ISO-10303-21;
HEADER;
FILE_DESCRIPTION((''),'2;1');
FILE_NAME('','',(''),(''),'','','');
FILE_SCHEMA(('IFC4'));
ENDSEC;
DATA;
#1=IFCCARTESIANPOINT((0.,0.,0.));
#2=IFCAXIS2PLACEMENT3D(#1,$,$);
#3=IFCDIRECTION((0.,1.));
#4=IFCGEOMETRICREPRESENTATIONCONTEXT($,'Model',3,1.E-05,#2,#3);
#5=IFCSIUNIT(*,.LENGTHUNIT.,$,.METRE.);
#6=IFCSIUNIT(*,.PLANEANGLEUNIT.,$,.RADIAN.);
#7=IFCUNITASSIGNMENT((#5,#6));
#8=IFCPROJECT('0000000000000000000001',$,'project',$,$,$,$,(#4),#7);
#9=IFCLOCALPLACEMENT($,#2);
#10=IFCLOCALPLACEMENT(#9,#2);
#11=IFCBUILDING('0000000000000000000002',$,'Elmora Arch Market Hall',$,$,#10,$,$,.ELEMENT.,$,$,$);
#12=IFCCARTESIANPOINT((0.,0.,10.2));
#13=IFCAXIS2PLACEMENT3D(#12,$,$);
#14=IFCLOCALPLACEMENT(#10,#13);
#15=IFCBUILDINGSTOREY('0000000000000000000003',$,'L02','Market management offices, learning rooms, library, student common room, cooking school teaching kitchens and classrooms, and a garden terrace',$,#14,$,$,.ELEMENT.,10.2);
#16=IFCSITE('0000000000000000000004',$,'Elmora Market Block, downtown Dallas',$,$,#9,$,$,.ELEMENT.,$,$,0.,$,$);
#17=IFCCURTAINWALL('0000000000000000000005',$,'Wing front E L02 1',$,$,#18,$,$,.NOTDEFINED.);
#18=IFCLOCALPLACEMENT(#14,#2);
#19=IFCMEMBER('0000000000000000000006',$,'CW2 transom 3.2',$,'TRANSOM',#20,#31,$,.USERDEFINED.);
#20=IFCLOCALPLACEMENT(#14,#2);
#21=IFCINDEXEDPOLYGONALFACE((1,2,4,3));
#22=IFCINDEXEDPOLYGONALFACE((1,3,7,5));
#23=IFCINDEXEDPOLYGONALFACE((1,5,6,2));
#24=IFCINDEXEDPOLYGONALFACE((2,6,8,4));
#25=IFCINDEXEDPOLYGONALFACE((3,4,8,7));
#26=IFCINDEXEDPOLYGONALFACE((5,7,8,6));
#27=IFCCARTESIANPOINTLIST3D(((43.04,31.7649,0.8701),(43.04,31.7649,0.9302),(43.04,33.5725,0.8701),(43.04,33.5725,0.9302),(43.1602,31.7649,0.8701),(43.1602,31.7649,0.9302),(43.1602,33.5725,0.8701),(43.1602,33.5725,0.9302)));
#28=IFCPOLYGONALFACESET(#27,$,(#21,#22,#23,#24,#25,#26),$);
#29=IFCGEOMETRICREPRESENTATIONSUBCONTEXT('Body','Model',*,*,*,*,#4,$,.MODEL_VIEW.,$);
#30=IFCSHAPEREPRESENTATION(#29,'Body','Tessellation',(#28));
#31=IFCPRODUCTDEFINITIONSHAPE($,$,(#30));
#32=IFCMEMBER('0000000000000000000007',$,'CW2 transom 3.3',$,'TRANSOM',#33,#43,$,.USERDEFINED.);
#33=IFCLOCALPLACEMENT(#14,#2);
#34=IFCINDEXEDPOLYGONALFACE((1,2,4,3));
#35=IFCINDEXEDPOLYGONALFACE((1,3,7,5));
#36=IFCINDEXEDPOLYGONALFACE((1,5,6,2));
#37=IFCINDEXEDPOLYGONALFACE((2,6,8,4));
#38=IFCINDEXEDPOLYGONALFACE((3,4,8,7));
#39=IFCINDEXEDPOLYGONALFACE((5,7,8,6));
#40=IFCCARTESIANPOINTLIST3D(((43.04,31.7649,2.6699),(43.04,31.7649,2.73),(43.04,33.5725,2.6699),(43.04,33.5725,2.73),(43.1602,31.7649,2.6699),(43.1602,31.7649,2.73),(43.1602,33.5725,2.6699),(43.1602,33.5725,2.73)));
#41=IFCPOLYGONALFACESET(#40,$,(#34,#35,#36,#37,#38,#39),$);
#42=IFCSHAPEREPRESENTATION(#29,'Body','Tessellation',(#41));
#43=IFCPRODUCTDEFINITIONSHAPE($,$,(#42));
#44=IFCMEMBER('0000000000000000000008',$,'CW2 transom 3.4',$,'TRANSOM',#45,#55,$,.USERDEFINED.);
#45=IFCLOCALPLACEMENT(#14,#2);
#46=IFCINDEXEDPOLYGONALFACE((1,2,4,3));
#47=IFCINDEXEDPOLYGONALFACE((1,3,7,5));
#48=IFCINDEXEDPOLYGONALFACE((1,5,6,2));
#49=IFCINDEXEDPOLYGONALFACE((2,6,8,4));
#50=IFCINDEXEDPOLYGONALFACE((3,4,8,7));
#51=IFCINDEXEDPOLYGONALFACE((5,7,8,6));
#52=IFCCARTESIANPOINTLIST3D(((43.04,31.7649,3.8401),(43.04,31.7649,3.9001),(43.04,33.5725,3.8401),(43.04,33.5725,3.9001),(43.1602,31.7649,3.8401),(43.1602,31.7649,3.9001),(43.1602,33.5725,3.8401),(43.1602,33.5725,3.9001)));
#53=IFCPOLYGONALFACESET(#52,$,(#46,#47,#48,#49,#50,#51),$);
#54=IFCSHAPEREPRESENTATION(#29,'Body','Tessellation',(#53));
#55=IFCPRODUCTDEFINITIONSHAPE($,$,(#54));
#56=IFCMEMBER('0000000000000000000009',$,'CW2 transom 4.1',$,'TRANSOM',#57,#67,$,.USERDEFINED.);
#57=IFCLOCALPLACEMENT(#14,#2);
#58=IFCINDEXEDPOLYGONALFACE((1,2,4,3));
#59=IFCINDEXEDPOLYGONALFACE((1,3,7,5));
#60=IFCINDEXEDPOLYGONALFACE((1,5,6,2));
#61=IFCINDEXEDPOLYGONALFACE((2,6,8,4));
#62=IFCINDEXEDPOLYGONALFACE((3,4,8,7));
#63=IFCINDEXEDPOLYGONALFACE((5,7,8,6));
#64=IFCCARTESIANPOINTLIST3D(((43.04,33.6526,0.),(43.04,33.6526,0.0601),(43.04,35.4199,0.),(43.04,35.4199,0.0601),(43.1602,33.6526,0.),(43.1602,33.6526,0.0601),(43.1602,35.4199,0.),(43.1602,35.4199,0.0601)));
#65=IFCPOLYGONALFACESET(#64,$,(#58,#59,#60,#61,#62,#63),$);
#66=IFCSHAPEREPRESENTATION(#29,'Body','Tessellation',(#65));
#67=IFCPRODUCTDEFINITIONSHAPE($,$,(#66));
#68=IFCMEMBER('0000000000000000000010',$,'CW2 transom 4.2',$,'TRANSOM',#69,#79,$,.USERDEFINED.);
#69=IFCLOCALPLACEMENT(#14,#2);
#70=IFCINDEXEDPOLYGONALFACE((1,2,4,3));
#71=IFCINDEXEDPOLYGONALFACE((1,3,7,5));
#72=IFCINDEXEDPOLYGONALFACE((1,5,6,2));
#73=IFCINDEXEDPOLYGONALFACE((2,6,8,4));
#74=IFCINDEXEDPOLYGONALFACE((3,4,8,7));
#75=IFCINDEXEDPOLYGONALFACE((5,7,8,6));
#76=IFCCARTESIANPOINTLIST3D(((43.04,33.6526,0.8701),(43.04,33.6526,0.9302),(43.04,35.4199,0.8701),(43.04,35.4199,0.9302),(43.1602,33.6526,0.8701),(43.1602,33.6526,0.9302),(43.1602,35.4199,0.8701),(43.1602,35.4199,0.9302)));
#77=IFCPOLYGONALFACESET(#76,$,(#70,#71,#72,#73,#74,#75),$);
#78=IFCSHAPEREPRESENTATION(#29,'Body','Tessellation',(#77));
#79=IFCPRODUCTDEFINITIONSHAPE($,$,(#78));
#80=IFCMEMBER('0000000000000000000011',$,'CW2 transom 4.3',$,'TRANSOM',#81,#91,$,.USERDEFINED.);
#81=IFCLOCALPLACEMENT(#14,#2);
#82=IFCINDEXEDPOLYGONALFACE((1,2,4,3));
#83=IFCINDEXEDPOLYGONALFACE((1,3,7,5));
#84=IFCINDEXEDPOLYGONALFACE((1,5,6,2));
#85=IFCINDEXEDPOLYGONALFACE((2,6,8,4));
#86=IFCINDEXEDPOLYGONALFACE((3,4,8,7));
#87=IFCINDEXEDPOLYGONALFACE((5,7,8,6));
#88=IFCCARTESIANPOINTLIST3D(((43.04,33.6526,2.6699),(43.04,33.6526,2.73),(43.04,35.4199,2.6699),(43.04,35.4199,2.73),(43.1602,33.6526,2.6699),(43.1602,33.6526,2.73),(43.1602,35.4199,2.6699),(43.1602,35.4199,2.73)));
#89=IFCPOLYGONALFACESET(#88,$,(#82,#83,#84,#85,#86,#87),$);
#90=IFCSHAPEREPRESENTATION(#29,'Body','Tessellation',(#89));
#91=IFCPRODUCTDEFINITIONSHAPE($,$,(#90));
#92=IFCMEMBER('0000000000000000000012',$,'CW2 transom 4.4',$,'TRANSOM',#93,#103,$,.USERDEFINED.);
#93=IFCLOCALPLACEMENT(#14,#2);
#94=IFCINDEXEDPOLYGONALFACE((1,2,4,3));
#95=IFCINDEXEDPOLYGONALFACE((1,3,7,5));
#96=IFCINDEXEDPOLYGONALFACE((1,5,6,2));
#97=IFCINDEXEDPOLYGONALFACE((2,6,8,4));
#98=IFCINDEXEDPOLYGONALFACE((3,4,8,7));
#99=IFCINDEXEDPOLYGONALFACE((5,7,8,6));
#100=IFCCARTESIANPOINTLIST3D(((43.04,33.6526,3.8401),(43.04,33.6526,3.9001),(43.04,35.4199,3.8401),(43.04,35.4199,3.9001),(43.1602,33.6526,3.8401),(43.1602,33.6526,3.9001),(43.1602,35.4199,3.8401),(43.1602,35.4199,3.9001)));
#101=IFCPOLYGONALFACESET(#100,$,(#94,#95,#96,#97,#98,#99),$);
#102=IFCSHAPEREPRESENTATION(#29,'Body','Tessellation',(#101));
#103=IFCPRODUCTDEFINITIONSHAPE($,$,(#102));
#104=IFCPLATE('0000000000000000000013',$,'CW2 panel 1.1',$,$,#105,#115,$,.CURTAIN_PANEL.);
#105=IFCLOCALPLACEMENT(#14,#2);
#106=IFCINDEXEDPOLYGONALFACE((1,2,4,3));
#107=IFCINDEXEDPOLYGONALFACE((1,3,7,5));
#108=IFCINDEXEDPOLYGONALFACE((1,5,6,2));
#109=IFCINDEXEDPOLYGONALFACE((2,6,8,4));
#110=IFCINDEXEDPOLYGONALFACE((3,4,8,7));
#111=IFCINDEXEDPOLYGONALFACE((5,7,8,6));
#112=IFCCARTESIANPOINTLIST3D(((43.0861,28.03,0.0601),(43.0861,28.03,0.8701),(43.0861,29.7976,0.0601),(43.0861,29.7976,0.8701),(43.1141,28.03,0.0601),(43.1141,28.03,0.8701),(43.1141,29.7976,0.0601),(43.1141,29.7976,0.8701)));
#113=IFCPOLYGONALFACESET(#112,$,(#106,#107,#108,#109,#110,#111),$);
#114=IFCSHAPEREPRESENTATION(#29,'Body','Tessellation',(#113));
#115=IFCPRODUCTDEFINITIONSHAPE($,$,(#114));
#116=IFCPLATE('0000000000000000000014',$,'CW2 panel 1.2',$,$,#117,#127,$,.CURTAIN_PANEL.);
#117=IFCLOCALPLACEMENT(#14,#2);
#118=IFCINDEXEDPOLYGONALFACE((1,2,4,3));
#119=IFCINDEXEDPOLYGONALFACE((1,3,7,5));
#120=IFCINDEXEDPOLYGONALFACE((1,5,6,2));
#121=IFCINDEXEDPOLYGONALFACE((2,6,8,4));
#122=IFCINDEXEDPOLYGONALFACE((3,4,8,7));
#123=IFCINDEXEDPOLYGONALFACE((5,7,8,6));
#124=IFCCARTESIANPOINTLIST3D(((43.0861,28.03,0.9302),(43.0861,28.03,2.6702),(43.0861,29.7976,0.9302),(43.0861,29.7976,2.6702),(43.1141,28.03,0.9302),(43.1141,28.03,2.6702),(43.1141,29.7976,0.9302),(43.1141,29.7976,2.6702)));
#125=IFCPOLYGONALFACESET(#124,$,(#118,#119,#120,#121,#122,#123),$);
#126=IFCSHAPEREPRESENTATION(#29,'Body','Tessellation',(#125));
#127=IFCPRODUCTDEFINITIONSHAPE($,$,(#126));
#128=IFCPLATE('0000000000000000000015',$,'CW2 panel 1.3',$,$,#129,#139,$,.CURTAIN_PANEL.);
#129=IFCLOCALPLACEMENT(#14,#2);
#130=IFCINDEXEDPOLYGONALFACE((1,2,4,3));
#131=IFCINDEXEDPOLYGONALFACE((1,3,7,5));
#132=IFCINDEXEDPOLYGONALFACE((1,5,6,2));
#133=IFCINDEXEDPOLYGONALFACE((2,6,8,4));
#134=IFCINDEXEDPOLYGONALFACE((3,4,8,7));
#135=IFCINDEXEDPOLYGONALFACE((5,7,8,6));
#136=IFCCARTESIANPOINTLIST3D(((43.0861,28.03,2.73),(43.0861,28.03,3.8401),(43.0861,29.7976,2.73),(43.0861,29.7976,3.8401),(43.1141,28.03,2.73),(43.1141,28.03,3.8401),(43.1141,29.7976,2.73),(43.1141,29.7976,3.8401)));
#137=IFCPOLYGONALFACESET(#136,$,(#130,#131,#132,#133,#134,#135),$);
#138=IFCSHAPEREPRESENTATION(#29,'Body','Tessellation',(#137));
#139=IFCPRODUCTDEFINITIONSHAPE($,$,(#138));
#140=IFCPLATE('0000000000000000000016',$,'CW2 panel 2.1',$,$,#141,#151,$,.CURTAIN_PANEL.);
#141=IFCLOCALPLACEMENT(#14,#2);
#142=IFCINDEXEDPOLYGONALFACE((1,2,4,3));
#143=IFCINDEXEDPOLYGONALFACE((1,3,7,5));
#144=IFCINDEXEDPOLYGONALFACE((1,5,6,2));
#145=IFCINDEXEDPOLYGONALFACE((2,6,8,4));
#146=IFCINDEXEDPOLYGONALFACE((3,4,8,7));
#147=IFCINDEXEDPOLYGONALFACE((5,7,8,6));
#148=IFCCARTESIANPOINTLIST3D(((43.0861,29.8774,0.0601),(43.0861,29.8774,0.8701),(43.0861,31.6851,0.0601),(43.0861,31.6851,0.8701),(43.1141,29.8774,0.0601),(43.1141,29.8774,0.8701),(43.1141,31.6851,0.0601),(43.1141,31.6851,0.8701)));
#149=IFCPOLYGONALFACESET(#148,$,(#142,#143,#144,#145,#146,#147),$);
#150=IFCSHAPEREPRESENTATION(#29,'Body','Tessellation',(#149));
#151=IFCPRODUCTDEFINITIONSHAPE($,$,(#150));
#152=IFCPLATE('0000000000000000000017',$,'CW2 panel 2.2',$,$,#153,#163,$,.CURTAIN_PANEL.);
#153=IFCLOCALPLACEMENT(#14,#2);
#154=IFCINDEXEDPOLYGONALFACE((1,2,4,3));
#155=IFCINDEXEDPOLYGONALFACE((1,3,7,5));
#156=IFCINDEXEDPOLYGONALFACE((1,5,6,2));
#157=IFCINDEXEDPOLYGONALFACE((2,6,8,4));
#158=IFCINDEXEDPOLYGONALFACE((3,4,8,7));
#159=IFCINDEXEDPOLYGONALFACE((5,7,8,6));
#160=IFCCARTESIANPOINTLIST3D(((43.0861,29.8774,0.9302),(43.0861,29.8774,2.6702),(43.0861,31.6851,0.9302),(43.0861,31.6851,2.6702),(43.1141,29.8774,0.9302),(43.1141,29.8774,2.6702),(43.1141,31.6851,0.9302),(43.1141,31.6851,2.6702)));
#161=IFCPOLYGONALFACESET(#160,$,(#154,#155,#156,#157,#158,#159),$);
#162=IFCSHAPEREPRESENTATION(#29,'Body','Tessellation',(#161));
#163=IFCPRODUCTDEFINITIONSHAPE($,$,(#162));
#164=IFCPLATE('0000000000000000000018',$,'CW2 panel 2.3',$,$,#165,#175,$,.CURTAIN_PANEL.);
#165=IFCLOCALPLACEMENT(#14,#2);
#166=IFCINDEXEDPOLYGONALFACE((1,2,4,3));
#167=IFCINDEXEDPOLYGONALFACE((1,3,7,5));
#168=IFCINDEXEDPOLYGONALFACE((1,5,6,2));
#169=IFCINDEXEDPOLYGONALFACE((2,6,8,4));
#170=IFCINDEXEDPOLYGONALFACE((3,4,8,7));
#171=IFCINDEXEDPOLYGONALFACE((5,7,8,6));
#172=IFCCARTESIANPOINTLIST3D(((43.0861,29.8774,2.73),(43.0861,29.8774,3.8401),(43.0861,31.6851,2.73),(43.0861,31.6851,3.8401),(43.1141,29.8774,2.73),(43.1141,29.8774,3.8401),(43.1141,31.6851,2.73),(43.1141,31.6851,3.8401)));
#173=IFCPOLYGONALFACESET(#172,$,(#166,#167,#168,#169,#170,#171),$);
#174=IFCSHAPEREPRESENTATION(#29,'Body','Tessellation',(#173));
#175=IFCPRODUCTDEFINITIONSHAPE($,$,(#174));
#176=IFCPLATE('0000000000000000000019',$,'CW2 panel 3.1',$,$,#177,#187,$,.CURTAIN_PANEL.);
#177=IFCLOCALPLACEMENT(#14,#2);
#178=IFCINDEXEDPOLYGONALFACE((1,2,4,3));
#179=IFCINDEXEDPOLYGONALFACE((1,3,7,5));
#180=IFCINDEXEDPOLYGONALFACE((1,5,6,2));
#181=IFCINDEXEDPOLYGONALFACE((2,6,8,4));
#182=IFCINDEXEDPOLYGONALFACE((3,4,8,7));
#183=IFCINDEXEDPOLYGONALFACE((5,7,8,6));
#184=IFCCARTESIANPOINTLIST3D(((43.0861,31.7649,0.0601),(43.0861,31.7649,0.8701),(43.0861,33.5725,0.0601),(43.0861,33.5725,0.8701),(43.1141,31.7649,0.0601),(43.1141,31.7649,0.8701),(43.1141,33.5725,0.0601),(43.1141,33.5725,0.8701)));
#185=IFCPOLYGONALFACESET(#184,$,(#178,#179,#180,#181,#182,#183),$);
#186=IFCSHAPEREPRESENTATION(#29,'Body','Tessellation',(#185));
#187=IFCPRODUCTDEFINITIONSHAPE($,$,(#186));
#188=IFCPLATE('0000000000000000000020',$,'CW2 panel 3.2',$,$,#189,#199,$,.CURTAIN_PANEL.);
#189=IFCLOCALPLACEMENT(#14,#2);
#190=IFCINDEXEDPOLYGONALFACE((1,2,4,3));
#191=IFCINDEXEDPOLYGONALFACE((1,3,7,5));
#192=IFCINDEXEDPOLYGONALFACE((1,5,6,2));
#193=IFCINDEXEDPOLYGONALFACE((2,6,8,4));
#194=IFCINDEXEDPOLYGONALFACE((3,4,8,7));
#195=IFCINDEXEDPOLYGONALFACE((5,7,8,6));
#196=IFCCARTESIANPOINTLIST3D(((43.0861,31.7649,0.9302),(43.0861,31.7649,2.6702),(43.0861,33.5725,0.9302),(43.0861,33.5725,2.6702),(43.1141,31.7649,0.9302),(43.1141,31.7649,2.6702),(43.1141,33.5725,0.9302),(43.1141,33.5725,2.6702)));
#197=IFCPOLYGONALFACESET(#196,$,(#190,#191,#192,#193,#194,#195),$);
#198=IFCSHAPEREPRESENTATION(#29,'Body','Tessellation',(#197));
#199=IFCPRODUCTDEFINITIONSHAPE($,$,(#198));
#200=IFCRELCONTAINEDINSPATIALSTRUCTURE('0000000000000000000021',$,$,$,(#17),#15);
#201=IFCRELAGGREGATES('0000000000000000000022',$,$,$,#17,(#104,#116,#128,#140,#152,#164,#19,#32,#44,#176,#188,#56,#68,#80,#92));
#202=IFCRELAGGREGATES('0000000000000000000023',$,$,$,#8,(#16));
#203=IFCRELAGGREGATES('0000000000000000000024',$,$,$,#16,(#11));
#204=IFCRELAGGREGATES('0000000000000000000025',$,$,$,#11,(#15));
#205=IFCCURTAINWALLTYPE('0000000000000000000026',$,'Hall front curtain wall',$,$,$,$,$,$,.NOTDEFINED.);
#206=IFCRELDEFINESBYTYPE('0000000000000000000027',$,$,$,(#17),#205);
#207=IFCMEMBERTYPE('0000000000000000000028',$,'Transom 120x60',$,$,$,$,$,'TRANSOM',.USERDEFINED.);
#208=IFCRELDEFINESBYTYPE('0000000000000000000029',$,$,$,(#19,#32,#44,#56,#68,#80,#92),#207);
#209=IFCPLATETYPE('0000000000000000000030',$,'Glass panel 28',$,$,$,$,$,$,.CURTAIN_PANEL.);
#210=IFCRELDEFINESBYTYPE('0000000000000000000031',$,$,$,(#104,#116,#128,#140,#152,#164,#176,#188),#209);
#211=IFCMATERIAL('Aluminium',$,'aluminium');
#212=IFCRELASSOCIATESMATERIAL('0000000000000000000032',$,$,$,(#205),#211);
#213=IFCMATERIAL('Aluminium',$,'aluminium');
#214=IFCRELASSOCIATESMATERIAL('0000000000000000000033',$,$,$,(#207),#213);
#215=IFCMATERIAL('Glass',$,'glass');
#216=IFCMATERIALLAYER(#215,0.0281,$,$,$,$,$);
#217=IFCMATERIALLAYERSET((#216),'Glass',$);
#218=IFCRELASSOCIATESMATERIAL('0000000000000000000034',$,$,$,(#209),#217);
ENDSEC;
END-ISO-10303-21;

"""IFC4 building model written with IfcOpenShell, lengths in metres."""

from ifc_helpers import new_model, si_unit, direction, frame, origin, origin_2d, place, context, subcontext, project, spatial, rectangle, extrude, material, layer, layer_set, material_profile, profile_set, type_object, element, aggregate, save


model = new_model("IFC4")

# Units and contexts
model_context = context("Model", 3, precision=1e-05, world=origin(), true_north=direction((0.0, 1.0)))
body_context = subcontext(model_context, "Body", "Model", "MODEL_VIEW")
ifc_project = project(units=[si_unit("LENGTHUNIT", "METRE"), si_unit("PLANEANGLEUNIT", "RADIAN")], contexts=[model_context])

# Site, building, storey
site_placement = place(None, origin())
site = spatial("IfcSite", under=ifc_project, at=site_placement, Name="Elmora Market Block, downtown Dallas", CompositionType="ELEMENT", RefElevation=0.0)
building_placement = place(site_placement, origin())
building = spatial("IfcBuilding", under=site, at=building_placement, Name="Elmora Arch Market Hall", CompositionType="ELEMENT")
storey_placement = place(building_placement, frame((0.0, 0.0, 10.2)))
storey = spatial("IfcBuildingStorey", under=building, at=storey_placement, Name="L02", Description="Market management offices, learning rooms, library, student common room, cooking school teaching kitchens and classrooms, and a garden terrace", CompositionType="ELEMENT", Elevation=10.2)

# Curtain wall, members, plates
ifc_material_1 = material(Name="Aluminium", Category="aluminium")
curtain_wall_type = type_object("IfcCurtainWallType", Name="Hall front curtain wall", PredefinedType="NOTDEFINED", material=ifc_material_1)
curtain_wall_placement = place(storey_placement, origin())
curtain_wall = element("IfcCurtainWall", 1, at=curtain_wall_placement, inside=storey, type_object=curtain_wall_type, Name="Wing front E L02 1", PredefinedType="NOTDEFINED")
ifc_material_2 = material(Name="Aluminium", Category="aluminium")
ifc_material_profile_1 = material_profile(ifc_material_2, rectangle(XDim=0.1201, YDim=0.0601, at=origin_2d()), Name="AL 120x60")
ifc_profile_set_1 = profile_set([ifc_material_profile_1], Name="Aluminium")
member_type_1 = type_object("IfcMemberType", Name="Transom 120x60", ElementType="TRANSOM", PredefinedType="USERDEFINED", material=ifc_profile_set_1)
member_1_placement = place(storey_placement, frame((43.1001, 31.7649, 0.9001), z_axis=(0.0, 1.0, 0.0), x_axis=(-1.0, 0.0, 0.0)))
member_1 = element("IfcMember", 2, at=member_1_placement, type_object=member_type_1, Name="CW2 transom 3.2", ObjectType="TRANSOM", PredefinedType="USERDEFINED", context=body_context, shape_type="SweptSolid", body=[
    extrude(rectangle(XDim=0.1201, YDim=0.0601, at=origin_2d()), origin(), (0.0, 0.0, 1.0), 1.8076),
])
member_2_placement = place(storey_placement, frame((43.1001, 31.7649, 2.7), z_axis=(0.0, 1.0, 0.0), x_axis=(-1.0, 0.0, 0.0)))
member_2 = element("IfcMember", 3, at=member_2_placement, type_object=member_type_1, Name="CW2 transom 3.3", ObjectType="TRANSOM", PredefinedType="USERDEFINED", context=body_context, shape_type="SweptSolid", body=[
    extrude(rectangle(XDim=0.1201, YDim=0.0601, at=origin_2d()), origin(), (0.0, 0.0, 1.0), 1.8076),
])
member_3_placement = place(storey_placement, frame((43.1001, 31.7649, 3.8701), z_axis=(0.0, 1.0, 0.0), x_axis=(-1.0, 0.0, 0.0)))
member_3 = element("IfcMember", 4, at=member_3_placement, type_object=member_type_1, Name="CW2 transom 3.4", ObjectType="TRANSOM", PredefinedType="USERDEFINED", context=body_context, shape_type="SweptSolid", body=[
    extrude(rectangle(XDim=0.1201, YDim=0.0601, at=origin_2d()), origin(), (0.0, 0.0, 1.0), 1.8076),
])
member_4_placement = place(storey_placement, frame((43.1001, 33.6526, 0.03), z_axis=(0.0, 1.0, 0.0), x_axis=(-1.0, 0.0, 0.0)))
member_4 = element("IfcMember", 5, at=member_4_placement, type_object=member_type_1, Name="CW2 transom 4.1", ObjectType="TRANSOM", PredefinedType="USERDEFINED", context=body_context, shape_type="SweptSolid", body=[
    extrude(rectangle(XDim=0.1201, YDim=0.0601, at=origin_2d()), origin(), (0.0, 0.0, 1.0), 1.7673),
])
member_5_placement = place(storey_placement, frame((43.1001, 33.6526, 0.9001), z_axis=(0.0, 1.0, 0.0), x_axis=(-1.0, 0.0, 0.0)))
member_5 = element("IfcMember", 6, at=member_5_placement, type_object=member_type_1, Name="CW2 transom 4.2", ObjectType="TRANSOM", PredefinedType="USERDEFINED", context=body_context, shape_type="SweptSolid", body=[
    extrude(rectangle(XDim=0.1201, YDim=0.0601, at=origin_2d()), origin(), (0.0, 0.0, 1.0), 1.7673),
])
member_6_placement = place(storey_placement, frame((43.1001, 33.6526, 2.7), z_axis=(0.0, 1.0, 0.0), x_axis=(-1.0, 0.0, 0.0)))
member_6 = element("IfcMember", 7, at=member_6_placement, type_object=member_type_1, Name="CW2 transom 4.3", ObjectType="TRANSOM", PredefinedType="USERDEFINED", context=body_context, shape_type="SweptSolid", body=[
    extrude(rectangle(XDim=0.1201, YDim=0.0601, at=origin_2d()), origin(), (0.0, 0.0, 1.0), 1.7673),
])
member_7_placement = place(storey_placement, frame((43.1001, 33.6526, 3.8701), z_axis=(0.0, 1.0, 0.0), x_axis=(-1.0, 0.0, 0.0)))
member_7 = element("IfcMember", 8, at=member_7_placement, type_object=member_type_1, Name="CW2 transom 4.4", ObjectType="TRANSOM", PredefinedType="USERDEFINED", context=body_context, shape_type="SweptSolid", body=[
    extrude(rectangle(XDim=0.1201, YDim=0.0601, at=origin_2d()), origin(), (0.0, 0.0, 1.0), 1.7673),
])
ifc_material_3 = material(Name="Glass", Category="glass")
ifc_layer_1 = layer(ifc_material_3, 0.0281)
ifc_layer_set_1 = layer_set([ifc_layer_1], Name="Glass")
plate_type = type_object("IfcPlateType", Name="Glass panel 28", PredefinedType="CURTAIN_PANEL", material=ifc_layer_set_1)
plate_1_placement = place(storey_placement, frame((43.1001, 28.9138, 0.0601), z_axis=(0.0, 0.0, 1.0), x_axis=(0.0, 1.0, 0.0)))
plate_1 = element("IfcPlate", 9, at=plate_1_placement, type_object=plate_type, Name="CW2 panel 1.1", PredefinedType="CURTAIN_PANEL", context=body_context, shape_type="SweptSolid", body=[
    extrude(rectangle(XDim=1.7676, YDim=0.0281, at=origin_2d()), origin(), (0.0, 0.0, 1.0), 0.8101),
])
plate_2_placement = place(storey_placement, frame((43.1001, 28.9138, 0.9302), z_axis=(0.0, 0.0, 1.0), x_axis=(0.0, 1.0, 0.0)))
plate_2 = element("IfcPlate", 10, at=plate_2_placement, type_object=plate_type, Name="CW2 panel 1.2", PredefinedType="CURTAIN_PANEL", context=body_context, shape_type="SweptSolid", body=[
    extrude(rectangle(XDim=1.7676, YDim=0.0281, at=origin_2d()), origin(), (0.0, 0.0, 1.0), 1.74),
])
plate_3_placement = place(storey_placement, frame((43.1001, 28.9138, 2.73), z_axis=(0.0, 0.0, 1.0), x_axis=(0.0, 1.0, 0.0)))
plate_3 = element("IfcPlate", 11, at=plate_3_placement, type_object=plate_type, Name="CW2 panel 1.3", PredefinedType="CURTAIN_PANEL", context=body_context, shape_type="SweptSolid", body=[
    extrude(rectangle(XDim=1.7676, YDim=0.0281, at=origin_2d()), origin(), (0.0, 0.0, 1.0), 1.1101),
])
plate_4_placement = place(storey_placement, frame((43.1001, 30.7812, 0.0601), z_axis=(0.0, 0.0, 1.0), x_axis=(0.0, 1.0, 0.0)))
plate_4 = element("IfcPlate", 12, at=plate_4_placement, type_object=plate_type, Name="CW2 panel 2.1", PredefinedType="CURTAIN_PANEL", context=body_context, shape_type="SweptSolid", body=[
    extrude(rectangle(XDim=1.8076, YDim=0.0281, at=origin_2d()), origin(), (0.0, 0.0, 1.0), 0.8101),
])
plate_5_placement = place(storey_placement, frame((43.1001, 30.7812, 0.9302), z_axis=(0.0, 0.0, 1.0), x_axis=(0.0, 1.0, 0.0)))
plate_5 = element("IfcPlate", 13, at=plate_5_placement, type_object=plate_type, Name="CW2 panel 2.2", PredefinedType="CURTAIN_PANEL", context=body_context, shape_type="SweptSolid", body=[
    extrude(rectangle(XDim=1.8076, YDim=0.0281, at=origin_2d()), origin(), (0.0, 0.0, 1.0), 1.74),
])
plate_6_placement = place(storey_placement, frame((43.1001, 30.7812, 2.73), z_axis=(0.0, 0.0, 1.0), x_axis=(0.0, 1.0, 0.0)))
plate_6 = element("IfcPlate", 14, at=plate_6_placement, type_object=plate_type, Name="CW2 panel 2.3", PredefinedType="CURTAIN_PANEL", context=body_context, shape_type="SweptSolid", body=[
    extrude(rectangle(XDim=1.8076, YDim=0.0281, at=origin_2d()), origin(), (0.0, 0.0, 1.0), 1.1101),
])
plate_7_placement = place(storey_placement, frame((43.1001, 32.6687, 0.0601), z_axis=(0.0, 0.0, 1.0), x_axis=(0.0, 1.0, 0.0)))
plate_7 = element("IfcPlate", 15, at=plate_7_placement, type_object=plate_type, Name="CW2 panel 3.1", PredefinedType="CURTAIN_PANEL", context=body_context, shape_type="SweptSolid", body=[
    extrude(rectangle(XDim=1.8076, YDim=0.0281, at=origin_2d()), origin(), (0.0, 0.0, 1.0), 0.8101),
])
plate_8_placement = place(storey_placement, frame((43.1001, 32.6687, 0.9302), z_axis=(0.0, 0.0, 1.0), x_axis=(0.0, 1.0, 0.0)))
plate_8 = element("IfcPlate", 16, at=plate_8_placement, type_object=plate_type, Name="CW2 panel 3.2", PredefinedType="CURTAIN_PANEL", context=body_context, shape_type="SweptSolid", body=[
    extrude(rectangle(XDim=1.8076, YDim=0.0281, at=origin_2d()), origin(), (0.0, 0.0, 1.0), 1.74),
])
aggregate(curtain_wall, [plate_1, plate_2, plate_3, plate_4, plate_5, plate_6, member_1, member_2, member_3, plate_7, plate_8, member_4, member_5, member_6, member_7])

save(model, "model.ifc")
